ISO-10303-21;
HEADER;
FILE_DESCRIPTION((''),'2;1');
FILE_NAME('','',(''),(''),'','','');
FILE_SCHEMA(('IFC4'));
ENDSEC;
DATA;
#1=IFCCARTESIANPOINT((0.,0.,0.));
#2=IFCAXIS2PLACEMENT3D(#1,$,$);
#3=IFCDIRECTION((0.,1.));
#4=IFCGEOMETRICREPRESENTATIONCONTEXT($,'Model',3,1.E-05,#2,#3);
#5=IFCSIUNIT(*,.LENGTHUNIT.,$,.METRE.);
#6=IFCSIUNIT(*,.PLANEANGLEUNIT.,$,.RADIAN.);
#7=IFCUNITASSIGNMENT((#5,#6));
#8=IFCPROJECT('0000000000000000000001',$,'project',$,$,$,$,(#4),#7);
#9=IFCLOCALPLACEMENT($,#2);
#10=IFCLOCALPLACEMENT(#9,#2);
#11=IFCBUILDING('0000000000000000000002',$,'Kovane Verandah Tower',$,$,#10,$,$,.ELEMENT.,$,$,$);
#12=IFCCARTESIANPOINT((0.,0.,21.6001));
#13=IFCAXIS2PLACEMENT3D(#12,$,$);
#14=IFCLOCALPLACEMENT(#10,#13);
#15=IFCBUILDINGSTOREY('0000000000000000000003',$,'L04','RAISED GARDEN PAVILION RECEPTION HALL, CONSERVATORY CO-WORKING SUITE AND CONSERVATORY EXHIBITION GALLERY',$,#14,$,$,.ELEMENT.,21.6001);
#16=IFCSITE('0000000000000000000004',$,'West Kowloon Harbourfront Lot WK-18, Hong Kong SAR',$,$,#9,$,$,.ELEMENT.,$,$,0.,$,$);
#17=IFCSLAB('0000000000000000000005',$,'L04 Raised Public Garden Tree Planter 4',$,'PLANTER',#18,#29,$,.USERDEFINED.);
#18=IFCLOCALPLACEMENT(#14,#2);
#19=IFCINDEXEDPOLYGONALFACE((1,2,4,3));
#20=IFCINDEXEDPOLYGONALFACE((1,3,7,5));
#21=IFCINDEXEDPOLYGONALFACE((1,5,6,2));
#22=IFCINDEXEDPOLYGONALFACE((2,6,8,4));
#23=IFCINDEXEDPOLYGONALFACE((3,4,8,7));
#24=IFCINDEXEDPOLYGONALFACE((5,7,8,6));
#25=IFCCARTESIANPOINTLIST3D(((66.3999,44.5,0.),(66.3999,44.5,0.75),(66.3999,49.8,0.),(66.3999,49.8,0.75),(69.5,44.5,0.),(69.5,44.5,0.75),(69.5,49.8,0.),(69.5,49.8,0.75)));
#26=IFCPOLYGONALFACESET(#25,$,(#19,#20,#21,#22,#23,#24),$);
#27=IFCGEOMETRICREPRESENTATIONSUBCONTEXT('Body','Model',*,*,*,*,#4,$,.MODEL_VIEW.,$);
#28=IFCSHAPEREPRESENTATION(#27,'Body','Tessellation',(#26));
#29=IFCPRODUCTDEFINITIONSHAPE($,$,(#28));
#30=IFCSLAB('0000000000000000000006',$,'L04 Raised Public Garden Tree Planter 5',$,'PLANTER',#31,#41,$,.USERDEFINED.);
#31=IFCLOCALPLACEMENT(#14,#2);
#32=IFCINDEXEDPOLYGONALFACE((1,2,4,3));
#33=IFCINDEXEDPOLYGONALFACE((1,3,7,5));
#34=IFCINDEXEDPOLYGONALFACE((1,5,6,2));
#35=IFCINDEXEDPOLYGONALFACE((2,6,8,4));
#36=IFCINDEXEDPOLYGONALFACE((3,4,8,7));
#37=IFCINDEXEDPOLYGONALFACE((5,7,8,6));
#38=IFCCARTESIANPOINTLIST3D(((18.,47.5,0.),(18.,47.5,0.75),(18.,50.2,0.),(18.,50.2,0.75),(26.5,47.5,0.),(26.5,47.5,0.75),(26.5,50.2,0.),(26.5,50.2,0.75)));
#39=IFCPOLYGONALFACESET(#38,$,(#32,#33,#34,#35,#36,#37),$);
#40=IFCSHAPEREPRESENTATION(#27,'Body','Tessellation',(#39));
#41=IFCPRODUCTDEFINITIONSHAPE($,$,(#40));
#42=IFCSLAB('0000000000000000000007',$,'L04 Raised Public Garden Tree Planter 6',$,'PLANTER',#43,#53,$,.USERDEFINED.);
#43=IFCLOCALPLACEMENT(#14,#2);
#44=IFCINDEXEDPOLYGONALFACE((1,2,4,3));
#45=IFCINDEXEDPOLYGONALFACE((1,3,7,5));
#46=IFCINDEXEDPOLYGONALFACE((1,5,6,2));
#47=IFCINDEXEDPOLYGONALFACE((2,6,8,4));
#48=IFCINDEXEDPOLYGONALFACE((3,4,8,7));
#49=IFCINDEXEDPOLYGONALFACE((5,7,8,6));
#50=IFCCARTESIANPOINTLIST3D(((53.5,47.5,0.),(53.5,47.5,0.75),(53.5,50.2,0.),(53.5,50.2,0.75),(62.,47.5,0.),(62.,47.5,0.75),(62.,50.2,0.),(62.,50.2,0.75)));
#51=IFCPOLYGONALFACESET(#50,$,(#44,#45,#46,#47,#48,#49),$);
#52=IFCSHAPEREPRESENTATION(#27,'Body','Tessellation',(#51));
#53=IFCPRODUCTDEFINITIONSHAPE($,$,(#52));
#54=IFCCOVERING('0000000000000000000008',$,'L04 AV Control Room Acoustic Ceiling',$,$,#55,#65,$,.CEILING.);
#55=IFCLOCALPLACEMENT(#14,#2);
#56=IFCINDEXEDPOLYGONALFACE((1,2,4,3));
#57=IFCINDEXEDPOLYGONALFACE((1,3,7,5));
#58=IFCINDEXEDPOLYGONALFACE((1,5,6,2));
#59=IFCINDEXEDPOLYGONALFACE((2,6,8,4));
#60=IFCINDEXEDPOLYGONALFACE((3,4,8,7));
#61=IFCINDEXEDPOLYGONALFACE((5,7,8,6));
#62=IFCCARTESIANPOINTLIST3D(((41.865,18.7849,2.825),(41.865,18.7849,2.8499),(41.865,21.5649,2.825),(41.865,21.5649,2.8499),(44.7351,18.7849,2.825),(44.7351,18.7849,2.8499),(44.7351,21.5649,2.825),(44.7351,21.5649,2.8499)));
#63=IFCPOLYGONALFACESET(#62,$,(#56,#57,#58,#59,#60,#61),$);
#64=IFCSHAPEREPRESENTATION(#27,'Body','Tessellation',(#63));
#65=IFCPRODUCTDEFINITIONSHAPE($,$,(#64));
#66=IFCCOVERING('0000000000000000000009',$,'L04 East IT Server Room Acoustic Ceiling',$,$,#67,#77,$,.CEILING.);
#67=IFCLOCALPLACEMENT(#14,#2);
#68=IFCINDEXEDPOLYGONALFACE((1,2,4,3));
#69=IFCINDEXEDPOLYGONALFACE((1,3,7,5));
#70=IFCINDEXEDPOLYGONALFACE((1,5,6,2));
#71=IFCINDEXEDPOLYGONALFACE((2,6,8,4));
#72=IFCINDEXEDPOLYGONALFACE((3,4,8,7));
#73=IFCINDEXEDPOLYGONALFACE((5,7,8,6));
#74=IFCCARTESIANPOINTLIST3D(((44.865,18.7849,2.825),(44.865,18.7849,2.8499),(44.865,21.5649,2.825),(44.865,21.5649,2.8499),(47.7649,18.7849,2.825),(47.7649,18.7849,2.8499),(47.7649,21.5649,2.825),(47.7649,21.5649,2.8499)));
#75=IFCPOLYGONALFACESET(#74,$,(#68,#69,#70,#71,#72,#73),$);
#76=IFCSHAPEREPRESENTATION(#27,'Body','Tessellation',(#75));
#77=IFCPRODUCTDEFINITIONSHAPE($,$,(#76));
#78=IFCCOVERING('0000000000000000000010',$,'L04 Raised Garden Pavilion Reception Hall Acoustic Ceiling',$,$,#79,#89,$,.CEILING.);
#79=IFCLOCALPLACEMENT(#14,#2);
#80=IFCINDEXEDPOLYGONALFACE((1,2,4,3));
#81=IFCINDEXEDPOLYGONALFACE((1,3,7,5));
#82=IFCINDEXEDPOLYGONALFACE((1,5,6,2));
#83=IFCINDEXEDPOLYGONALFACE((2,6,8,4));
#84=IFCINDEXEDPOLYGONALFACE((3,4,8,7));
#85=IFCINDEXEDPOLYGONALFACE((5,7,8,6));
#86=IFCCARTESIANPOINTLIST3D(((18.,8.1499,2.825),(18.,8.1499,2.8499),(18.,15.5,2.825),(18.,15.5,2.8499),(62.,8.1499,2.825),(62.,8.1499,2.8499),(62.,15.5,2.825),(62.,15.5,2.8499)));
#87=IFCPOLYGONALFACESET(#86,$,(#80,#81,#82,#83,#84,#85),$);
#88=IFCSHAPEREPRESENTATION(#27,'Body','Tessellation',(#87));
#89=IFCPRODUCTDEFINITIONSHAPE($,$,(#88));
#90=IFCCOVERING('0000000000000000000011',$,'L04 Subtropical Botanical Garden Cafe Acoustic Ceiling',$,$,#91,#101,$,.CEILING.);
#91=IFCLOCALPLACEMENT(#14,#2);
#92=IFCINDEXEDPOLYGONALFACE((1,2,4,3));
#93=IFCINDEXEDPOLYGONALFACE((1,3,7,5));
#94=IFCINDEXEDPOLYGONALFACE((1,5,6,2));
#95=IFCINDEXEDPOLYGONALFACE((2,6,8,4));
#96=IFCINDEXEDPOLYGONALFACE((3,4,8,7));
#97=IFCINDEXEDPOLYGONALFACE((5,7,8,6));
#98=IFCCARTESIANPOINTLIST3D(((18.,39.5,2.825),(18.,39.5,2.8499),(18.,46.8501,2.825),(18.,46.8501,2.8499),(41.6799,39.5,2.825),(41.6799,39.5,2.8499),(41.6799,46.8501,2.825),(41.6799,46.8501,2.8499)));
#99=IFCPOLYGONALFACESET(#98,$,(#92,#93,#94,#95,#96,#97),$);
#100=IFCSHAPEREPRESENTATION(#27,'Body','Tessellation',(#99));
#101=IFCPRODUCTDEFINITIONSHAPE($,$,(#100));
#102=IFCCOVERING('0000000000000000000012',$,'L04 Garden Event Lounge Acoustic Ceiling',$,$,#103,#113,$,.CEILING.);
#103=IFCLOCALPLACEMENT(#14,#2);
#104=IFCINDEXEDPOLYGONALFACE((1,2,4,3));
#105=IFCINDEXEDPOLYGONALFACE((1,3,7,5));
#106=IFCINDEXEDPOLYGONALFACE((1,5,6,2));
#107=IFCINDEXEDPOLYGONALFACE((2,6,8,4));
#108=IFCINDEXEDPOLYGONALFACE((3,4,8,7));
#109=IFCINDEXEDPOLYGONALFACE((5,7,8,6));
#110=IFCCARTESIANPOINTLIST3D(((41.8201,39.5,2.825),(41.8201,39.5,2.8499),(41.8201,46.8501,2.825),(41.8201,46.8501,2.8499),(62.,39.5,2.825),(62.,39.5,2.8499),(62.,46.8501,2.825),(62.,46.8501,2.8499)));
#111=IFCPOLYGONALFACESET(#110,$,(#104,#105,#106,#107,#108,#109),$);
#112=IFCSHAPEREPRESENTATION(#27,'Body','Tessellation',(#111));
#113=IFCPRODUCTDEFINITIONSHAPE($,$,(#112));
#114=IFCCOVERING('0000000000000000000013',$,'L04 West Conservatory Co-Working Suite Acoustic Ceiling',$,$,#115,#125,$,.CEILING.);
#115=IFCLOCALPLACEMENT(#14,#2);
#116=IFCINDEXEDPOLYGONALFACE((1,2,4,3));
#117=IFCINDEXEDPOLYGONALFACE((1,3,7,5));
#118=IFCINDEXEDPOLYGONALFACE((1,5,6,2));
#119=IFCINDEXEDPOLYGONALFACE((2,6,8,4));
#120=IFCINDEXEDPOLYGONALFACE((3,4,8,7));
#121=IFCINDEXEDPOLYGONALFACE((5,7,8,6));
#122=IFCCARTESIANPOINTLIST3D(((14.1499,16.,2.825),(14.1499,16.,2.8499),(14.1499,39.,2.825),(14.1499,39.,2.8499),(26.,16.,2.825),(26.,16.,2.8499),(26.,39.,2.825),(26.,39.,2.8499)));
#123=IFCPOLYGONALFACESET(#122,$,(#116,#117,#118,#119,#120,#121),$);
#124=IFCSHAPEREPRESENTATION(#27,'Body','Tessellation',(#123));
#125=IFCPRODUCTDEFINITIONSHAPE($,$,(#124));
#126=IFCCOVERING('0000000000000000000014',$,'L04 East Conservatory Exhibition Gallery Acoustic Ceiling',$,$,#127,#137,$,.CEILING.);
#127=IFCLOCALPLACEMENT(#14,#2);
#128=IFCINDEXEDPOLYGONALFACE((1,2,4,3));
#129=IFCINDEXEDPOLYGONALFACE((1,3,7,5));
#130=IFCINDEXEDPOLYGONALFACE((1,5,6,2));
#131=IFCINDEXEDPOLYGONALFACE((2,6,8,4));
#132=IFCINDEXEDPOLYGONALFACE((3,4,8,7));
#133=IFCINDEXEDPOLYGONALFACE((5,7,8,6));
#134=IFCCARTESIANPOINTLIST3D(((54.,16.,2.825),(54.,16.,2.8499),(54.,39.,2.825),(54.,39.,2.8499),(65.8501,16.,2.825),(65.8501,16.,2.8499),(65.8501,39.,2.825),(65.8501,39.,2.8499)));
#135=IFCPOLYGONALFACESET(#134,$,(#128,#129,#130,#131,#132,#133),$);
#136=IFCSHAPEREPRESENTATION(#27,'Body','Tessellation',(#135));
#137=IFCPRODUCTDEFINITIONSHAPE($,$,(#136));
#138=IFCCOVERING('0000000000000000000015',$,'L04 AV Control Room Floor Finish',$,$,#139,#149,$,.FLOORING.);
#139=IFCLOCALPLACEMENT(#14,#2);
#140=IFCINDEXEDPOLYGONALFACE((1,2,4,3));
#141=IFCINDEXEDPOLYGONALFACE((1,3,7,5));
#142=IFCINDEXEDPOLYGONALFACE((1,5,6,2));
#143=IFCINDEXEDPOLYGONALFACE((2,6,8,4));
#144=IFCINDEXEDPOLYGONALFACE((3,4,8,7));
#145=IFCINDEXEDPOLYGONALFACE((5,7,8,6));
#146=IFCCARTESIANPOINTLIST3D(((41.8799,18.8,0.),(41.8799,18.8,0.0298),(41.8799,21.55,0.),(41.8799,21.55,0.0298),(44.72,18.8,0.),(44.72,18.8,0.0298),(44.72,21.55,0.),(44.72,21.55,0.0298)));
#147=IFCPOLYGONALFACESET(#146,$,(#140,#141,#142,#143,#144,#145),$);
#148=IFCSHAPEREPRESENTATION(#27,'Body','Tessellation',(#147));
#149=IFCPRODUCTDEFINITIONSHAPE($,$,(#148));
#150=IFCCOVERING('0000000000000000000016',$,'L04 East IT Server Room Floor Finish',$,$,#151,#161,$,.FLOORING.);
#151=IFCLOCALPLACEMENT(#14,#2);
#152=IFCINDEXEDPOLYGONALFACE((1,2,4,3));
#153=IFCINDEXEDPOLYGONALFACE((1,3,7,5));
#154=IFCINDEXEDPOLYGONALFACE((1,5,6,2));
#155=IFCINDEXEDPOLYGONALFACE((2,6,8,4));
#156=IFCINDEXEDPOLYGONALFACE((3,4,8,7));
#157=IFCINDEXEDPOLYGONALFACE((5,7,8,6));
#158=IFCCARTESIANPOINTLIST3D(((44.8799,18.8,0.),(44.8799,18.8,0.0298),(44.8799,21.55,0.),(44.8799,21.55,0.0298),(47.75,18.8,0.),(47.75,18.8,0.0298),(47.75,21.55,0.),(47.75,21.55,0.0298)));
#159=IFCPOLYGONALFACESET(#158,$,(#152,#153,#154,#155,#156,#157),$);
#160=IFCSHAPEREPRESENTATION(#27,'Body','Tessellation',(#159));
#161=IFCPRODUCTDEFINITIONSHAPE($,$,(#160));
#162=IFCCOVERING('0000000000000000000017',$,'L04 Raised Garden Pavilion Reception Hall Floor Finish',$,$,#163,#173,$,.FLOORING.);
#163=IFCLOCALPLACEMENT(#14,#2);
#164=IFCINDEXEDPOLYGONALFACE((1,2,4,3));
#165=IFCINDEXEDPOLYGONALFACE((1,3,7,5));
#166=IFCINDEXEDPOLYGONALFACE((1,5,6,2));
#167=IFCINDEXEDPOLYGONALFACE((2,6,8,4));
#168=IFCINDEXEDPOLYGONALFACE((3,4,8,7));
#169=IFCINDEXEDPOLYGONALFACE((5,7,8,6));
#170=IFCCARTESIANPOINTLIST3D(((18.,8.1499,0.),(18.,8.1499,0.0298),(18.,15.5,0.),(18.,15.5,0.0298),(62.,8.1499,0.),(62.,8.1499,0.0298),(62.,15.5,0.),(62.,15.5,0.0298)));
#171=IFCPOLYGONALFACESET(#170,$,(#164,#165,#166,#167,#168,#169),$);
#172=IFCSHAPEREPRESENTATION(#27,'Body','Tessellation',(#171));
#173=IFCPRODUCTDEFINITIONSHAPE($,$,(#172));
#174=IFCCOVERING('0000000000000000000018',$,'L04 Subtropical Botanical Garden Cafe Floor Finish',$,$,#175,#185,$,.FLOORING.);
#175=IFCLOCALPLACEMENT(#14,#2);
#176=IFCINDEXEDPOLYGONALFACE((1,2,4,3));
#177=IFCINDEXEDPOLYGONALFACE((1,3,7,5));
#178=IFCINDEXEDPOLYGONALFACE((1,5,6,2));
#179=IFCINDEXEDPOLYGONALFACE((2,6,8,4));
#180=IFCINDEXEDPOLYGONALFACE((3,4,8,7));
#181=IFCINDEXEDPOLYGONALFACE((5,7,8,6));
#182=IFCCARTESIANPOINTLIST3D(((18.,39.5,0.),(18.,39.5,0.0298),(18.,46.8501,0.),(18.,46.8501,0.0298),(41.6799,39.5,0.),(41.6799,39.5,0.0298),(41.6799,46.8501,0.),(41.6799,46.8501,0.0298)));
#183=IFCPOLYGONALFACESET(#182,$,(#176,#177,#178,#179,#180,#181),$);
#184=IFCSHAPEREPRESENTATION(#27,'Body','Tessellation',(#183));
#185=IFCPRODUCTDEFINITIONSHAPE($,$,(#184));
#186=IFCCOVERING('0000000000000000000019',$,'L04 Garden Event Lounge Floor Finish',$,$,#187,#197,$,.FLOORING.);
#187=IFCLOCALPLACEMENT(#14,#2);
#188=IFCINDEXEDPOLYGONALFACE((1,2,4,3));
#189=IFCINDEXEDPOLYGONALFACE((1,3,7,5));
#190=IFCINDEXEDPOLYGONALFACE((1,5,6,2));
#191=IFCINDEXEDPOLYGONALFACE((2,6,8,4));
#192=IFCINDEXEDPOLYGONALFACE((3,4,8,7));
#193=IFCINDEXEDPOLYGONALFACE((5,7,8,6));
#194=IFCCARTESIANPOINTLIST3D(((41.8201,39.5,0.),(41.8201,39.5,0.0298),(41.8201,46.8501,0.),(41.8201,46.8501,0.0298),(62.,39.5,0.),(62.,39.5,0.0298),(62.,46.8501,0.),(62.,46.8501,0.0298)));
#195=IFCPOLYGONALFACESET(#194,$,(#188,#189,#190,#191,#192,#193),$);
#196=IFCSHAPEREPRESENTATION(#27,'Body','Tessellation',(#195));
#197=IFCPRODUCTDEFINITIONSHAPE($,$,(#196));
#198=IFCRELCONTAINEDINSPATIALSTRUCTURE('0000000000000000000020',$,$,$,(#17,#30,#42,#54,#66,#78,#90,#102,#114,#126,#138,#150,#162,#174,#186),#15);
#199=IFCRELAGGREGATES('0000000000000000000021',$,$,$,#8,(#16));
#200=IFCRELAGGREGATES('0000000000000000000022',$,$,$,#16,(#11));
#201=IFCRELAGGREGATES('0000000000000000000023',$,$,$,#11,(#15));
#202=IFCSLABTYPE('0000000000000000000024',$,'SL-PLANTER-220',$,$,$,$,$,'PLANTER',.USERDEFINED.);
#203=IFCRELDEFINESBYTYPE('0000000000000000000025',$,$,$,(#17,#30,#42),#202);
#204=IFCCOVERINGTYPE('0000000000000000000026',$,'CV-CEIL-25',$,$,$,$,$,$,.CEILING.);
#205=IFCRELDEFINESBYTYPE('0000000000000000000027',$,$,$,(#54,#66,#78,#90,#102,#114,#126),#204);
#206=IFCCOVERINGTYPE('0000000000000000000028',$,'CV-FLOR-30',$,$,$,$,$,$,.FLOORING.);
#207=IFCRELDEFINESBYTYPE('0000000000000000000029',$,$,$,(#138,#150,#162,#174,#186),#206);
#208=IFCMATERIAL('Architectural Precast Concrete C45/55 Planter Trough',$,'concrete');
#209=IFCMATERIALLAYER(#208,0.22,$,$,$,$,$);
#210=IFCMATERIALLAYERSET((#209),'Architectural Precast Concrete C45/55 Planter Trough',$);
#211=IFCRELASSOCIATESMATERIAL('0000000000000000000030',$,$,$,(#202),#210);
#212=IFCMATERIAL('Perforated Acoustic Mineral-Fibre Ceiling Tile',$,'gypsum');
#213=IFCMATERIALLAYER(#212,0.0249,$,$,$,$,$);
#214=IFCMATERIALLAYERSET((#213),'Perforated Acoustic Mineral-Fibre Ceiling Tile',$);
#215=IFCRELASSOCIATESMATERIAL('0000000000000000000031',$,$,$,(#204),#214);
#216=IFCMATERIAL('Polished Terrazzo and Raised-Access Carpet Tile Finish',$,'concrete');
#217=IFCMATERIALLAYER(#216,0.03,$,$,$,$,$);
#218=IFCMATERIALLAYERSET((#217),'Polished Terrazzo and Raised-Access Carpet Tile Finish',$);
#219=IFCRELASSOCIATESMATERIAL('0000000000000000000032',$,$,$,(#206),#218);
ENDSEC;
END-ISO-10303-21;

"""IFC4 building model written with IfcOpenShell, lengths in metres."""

from ifc_helpers import new_model, si_unit, direction, frame, origin, place, context, subcontext, project, spatial, polyline, outline, extrude, material, layer, layer_set, type_object, element, save


model = new_model("IFC4")

# Units and contexts
model_context = context("Model", 3, precision=1e-05, world=origin(), true_north=direction((0.0, 1.0)))
body_context = subcontext(model_context, "Body", "Model", "MODEL_VIEW")
ifc_project = project(units=[si_unit("LENGTHUNIT", "METRE"), si_unit("PLANEANGLEUNIT", "RADIAN")], contexts=[model_context])

# Site, building, storey
site_placement = place(None, origin())
site = spatial("IfcSite", under=ifc_project, at=site_placement, Name="West Kowloon Harbourfront Lot WK-18, Hong Kong SAR", CompositionType="ELEMENT", RefElevation=0.0)
building_placement = place(site_placement, origin())
building = spatial("IfcBuilding", under=site, at=building_placement, Name="Kovane Verandah Tower", CompositionType="ELEMENT")
storey_placement = place(building_placement, frame((0.0, 0.0, 21.6001)))
storey = spatial("IfcBuildingStorey", under=building, at=storey_placement, Name="L04", Description="RAISED GARDEN PAVILION RECEPTION HALL, CONSERVATORY CO-WORKING SUITE AND CONSERVATORY EXHIBITION GALLERY", CompositionType="ELEMENT", Elevation=21.6001)

# Slabs
ifc_material_1 = material(Name="Architectural Precast Concrete C45/55 Planter Trough", Category="concrete")
ifc_layer_1 = layer(ifc_material_1, 0.22)
ifc_layer_set_1 = layer_set([ifc_layer_1], Name="Architectural Precast Concrete C45/55 Planter Trough")
slab_type_1 = type_object("IfcSlabType", Name="SL-PLANTER-220", ElementType="PLANTER", PredefinedType="USERDEFINED", material=ifc_layer_set_1)
slab_1_placement = place(storey_placement, origin())
element("IfcSlab", 1, at=slab_1_placement, inside=storey, type_object=slab_type_1, Name="L04 Raised Public Garden Tree Planter 4", ObjectType="PLANTER", PredefinedType="USERDEFINED", context=body_context, shape_type="SweptSolid", body=[
    extrude(outline(polyline([(66.3999, 44.5), (69.5, 44.5), (69.5, 49.8), (66.3999, 49.8), (66.3999, 44.5)])), origin(), (0.0, 0.0, 1.0), 0.75),
])
slab_2_placement = place(storey_placement, origin())
element("IfcSlab", 2, at=slab_2_placement, inside=storey, type_object=slab_type_1, Name="L04 Raised Public Garden Tree Planter 5", ObjectType="PLANTER", PredefinedType="USERDEFINED", context=body_context, shape_type="SweptSolid", body=[
    extrude(outline(polyline([(18.0, 47.5), (26.5, 47.5), (26.5, 50.2), (18.0, 50.2), (18.0, 47.5)])), origin(), (0.0, 0.0, 1.0), 0.75),
])
slab_3_placement = place(storey_placement, origin())
element("IfcSlab", 3, at=slab_3_placement, inside=storey, type_object=slab_type_1, Name="L04 Raised Public Garden Tree Planter 6", ObjectType="PLANTER", PredefinedType="USERDEFINED", context=body_context, shape_type="SweptSolid", body=[
    extrude(outline(polyline([(53.5, 47.5), (62.0, 47.5), (62.0, 50.2), (53.5, 50.2), (53.5, 47.5)])), origin(), (0.0, 0.0, 1.0), 0.75),
])

# Coverings
ifc_material_2 = material(Name="Perforated Acoustic Mineral-Fibre Ceiling Tile", Category="gypsum")
ifc_layer_2 = layer(ifc_material_2, 0.0249)
ifc_layer_set_2 = layer_set([ifc_layer_2], Name="Perforated Acoustic Mineral-Fibre Ceiling Tile")
covering_type_1 = type_object("IfcCoveringType", Name="CV-CEIL-25", PredefinedType="CEILING", material=ifc_layer_set_2)
covering_1_placement = place(storey_placement, frame((0.0, 0.0, 2.825)))
element("IfcCovering", 4, at=covering_1_placement, inside=storey, type_object=covering_type_1, Name="L04 AV Control Room Acoustic Ceiling", PredefinedType="CEILING", context=body_context, shape_type="SweptSolid", body=[
    extrude(outline(polyline([(41.865, 18.7849), (44.7351, 18.7849), (44.7351, 21.5649), (41.865, 21.5649), (41.865, 18.7849)])), origin(), (0.0, 0.0, 1.0), 0.0249),
])
covering_2_placement = place(storey_placement, frame((0.0, 0.0, 2.825)))
element("IfcCovering", 5, at=covering_2_placement, inside=storey, type_object=covering_type_1, Name="L04 East IT Server Room Acoustic Ceiling", PredefinedType="CEILING", context=body_context, shape_type="SweptSolid", body=[
    extrude(outline(polyline([(44.865, 18.7849), (47.7649, 18.7849), (47.7649, 21.5649), (44.865, 21.5649), (44.865, 18.7849)])), origin(), (0.0, 0.0, 1.0), 0.0249),
])
covering_3_placement = place(storey_placement, frame((0.0, 0.0, 2.825)))
element("IfcCovering", 6, at=covering_3_placement, inside=storey, type_object=covering_type_1, Name="L04 Raised Garden Pavilion Reception Hall Acoustic Ceiling", PredefinedType="CEILING", context=body_context, shape_type="SweptSolid", body=[
    extrude(outline(polyline([(18.0, 8.1499), (62.0, 8.1499), (62.0, 15.5), (18.0, 15.5), (18.0, 8.1499)])), origin(), (0.0, 0.0, 1.0), 0.0249),
])
covering_4_placement = place(storey_placement, frame((0.0, 0.0, 2.825)))
element("IfcCovering", 7, at=covering_4_placement, inside=storey, type_object=covering_type_1, Name="L04 Subtropical Botanical Garden Cafe Acoustic Ceiling", PredefinedType="CEILING", context=body_context, shape_type="SweptSolid", body=[
    extrude(outline(polyline([(18.0, 39.5), (41.6799, 39.5), (41.6799, 46.8501), (18.0, 46.8501), (18.0, 39.5)])), origin(), (0.0, 0.0, 1.0), 0.0249),
])
covering_5_placement = place(storey_placement, frame((0.0, 0.0, 2.825)))
element("IfcCovering", 8, at=covering_5_placement, inside=storey, type_object=covering_type_1, Name="L04 Garden Event Lounge Acoustic Ceiling", PredefinedType="CEILING", context=body_context, shape_type="SweptSolid", body=[
    extrude(outline(polyline([(41.8201, 39.5), (62.0, 39.5), (62.0, 46.8501), (41.8201, 46.8501), (41.8201, 39.5)])), origin(), (0.0, 0.0, 1.0), 0.0249),
])
covering_6_placement = place(storey_placement, frame((0.0, 0.0, 2.825)))
element("IfcCovering", 9, at=covering_6_placement, inside=storey, type_object=covering_type_1, Name="L04 West Conservatory Co-Working Suite Acoustic Ceiling", PredefinedType="CEILING", context=body_context, shape_type="SweptSolid", body=[
    extrude(outline(polyline([(14.1499, 16.0), (26.0, 16.0), (26.0, 39.0), (14.1499, 39.0), (14.1499, 16.0)])), origin(), (0.0, 0.0, 1.0), 0.0249),
])
covering_7_placement = place(storey_placement, frame((0.0, 0.0, 2.825)))
element("IfcCovering", 10, at=covering_7_placement, inside=storey, type_object=covering_type_1, Name="L04 East Conservatory Exhibition Gallery Acoustic Ceiling", PredefinedType="CEILING", context=body_context, shape_type="SweptSolid", body=[
    extrude(outline(polyline([(54.0, 16.0), (65.8501, 16.0), (65.8501, 39.0), (54.0, 39.0), (54.0, 16.0)])), origin(), (0.0, 0.0, 1.0), 0.0249),
])
ifc_material_3 = material(Name="Polished Terrazzo and Raised-Access Carpet Tile Finish", Category="concrete")
ifc_layer_3 = layer(ifc_material_3, 0.03)
ifc_layer_set_3 = layer_set([ifc_layer_3], Name="Polished Terrazzo and Raised-Access Carpet Tile Finish")
covering_type_2 = type_object("IfcCoveringType", Name="CV-FLOR-30", PredefinedType="FLOORING", material=ifc_layer_set_3)
covering_8_placement = place(storey_placement, origin())
element("IfcCovering", 11, at=covering_8_placement, inside=storey, type_object=covering_type_2, Name="L04 AV Control Room Floor Finish", PredefinedType="FLOORING", context=body_context, shape_type="SweptSolid", body=[
    extrude(outline(polyline([(41.8799, 18.8), (44.72, 18.8), (44.72, 21.55), (41.8799, 21.55), (41.8799, 18.8)])), origin(), (0.0, 0.0, 1.0), 0.0298),
])
covering_9_placement = place(storey_placement, origin())
element("IfcCovering", 12, at=covering_9_placement, inside=storey, type_object=covering_type_2, Name="L04 East IT Server Room Floor Finish", PredefinedType="FLOORING", context=body_context, shape_type="SweptSolid", body=[
    extrude(outline(polyline([(44.8799, 18.8), (47.75, 18.8), (47.75, 21.55), (44.8799, 21.55), (44.8799, 18.8)])), origin(), (0.0, 0.0, 1.0), 0.0298),
])
covering_10_placement = place(storey_placement, origin())
element("IfcCovering", 13, at=covering_10_placement, inside=storey, type_object=covering_type_2, Name="L04 Raised Garden Pavilion Reception Hall Floor Finish", PredefinedType="FLOORING", context=body_context, shape_type="SweptSolid", body=[
    extrude(outline(polyline([(18.0, 8.1499), (62.0, 8.1499), (62.0, 15.5), (18.0, 15.5), (18.0, 8.1499)])), origin(), (0.0, 0.0, 1.0), 0.0298),
])
covering_11_placement = place(storey_placement, origin())
element("IfcCovering", 14, at=covering_11_placement, inside=storey, type_object=covering_type_2, Name="L04 Subtropical Botanical Garden Cafe Floor Finish", PredefinedType="FLOORING", context=body_context, shape_type="SweptSolid", body=[
    extrude(outline(polyline([(18.0, 39.5), (41.6799, 39.5), (41.6799, 46.8501), (18.0, 46.8501), (18.0, 39.5)])), origin(), (0.0, 0.0, 1.0), 0.0298),
])
covering_12_placement = place(storey_placement, origin())
element("IfcCovering", 15, at=covering_12_placement, inside=storey, type_object=covering_type_2, Name="L04 Garden Event Lounge Floor Finish", PredefinedType="FLOORING", context=body_context, shape_type="SweptSolid", body=[
    extrude(outline(polyline([(41.8201, 39.5), (62.0, 39.5), (62.0, 46.8501), (41.8201, 46.8501), (41.8201, 39.5)])), origin(), (0.0, 0.0, 1.0), 0.0298),
])

save(model, "model.ifc")
